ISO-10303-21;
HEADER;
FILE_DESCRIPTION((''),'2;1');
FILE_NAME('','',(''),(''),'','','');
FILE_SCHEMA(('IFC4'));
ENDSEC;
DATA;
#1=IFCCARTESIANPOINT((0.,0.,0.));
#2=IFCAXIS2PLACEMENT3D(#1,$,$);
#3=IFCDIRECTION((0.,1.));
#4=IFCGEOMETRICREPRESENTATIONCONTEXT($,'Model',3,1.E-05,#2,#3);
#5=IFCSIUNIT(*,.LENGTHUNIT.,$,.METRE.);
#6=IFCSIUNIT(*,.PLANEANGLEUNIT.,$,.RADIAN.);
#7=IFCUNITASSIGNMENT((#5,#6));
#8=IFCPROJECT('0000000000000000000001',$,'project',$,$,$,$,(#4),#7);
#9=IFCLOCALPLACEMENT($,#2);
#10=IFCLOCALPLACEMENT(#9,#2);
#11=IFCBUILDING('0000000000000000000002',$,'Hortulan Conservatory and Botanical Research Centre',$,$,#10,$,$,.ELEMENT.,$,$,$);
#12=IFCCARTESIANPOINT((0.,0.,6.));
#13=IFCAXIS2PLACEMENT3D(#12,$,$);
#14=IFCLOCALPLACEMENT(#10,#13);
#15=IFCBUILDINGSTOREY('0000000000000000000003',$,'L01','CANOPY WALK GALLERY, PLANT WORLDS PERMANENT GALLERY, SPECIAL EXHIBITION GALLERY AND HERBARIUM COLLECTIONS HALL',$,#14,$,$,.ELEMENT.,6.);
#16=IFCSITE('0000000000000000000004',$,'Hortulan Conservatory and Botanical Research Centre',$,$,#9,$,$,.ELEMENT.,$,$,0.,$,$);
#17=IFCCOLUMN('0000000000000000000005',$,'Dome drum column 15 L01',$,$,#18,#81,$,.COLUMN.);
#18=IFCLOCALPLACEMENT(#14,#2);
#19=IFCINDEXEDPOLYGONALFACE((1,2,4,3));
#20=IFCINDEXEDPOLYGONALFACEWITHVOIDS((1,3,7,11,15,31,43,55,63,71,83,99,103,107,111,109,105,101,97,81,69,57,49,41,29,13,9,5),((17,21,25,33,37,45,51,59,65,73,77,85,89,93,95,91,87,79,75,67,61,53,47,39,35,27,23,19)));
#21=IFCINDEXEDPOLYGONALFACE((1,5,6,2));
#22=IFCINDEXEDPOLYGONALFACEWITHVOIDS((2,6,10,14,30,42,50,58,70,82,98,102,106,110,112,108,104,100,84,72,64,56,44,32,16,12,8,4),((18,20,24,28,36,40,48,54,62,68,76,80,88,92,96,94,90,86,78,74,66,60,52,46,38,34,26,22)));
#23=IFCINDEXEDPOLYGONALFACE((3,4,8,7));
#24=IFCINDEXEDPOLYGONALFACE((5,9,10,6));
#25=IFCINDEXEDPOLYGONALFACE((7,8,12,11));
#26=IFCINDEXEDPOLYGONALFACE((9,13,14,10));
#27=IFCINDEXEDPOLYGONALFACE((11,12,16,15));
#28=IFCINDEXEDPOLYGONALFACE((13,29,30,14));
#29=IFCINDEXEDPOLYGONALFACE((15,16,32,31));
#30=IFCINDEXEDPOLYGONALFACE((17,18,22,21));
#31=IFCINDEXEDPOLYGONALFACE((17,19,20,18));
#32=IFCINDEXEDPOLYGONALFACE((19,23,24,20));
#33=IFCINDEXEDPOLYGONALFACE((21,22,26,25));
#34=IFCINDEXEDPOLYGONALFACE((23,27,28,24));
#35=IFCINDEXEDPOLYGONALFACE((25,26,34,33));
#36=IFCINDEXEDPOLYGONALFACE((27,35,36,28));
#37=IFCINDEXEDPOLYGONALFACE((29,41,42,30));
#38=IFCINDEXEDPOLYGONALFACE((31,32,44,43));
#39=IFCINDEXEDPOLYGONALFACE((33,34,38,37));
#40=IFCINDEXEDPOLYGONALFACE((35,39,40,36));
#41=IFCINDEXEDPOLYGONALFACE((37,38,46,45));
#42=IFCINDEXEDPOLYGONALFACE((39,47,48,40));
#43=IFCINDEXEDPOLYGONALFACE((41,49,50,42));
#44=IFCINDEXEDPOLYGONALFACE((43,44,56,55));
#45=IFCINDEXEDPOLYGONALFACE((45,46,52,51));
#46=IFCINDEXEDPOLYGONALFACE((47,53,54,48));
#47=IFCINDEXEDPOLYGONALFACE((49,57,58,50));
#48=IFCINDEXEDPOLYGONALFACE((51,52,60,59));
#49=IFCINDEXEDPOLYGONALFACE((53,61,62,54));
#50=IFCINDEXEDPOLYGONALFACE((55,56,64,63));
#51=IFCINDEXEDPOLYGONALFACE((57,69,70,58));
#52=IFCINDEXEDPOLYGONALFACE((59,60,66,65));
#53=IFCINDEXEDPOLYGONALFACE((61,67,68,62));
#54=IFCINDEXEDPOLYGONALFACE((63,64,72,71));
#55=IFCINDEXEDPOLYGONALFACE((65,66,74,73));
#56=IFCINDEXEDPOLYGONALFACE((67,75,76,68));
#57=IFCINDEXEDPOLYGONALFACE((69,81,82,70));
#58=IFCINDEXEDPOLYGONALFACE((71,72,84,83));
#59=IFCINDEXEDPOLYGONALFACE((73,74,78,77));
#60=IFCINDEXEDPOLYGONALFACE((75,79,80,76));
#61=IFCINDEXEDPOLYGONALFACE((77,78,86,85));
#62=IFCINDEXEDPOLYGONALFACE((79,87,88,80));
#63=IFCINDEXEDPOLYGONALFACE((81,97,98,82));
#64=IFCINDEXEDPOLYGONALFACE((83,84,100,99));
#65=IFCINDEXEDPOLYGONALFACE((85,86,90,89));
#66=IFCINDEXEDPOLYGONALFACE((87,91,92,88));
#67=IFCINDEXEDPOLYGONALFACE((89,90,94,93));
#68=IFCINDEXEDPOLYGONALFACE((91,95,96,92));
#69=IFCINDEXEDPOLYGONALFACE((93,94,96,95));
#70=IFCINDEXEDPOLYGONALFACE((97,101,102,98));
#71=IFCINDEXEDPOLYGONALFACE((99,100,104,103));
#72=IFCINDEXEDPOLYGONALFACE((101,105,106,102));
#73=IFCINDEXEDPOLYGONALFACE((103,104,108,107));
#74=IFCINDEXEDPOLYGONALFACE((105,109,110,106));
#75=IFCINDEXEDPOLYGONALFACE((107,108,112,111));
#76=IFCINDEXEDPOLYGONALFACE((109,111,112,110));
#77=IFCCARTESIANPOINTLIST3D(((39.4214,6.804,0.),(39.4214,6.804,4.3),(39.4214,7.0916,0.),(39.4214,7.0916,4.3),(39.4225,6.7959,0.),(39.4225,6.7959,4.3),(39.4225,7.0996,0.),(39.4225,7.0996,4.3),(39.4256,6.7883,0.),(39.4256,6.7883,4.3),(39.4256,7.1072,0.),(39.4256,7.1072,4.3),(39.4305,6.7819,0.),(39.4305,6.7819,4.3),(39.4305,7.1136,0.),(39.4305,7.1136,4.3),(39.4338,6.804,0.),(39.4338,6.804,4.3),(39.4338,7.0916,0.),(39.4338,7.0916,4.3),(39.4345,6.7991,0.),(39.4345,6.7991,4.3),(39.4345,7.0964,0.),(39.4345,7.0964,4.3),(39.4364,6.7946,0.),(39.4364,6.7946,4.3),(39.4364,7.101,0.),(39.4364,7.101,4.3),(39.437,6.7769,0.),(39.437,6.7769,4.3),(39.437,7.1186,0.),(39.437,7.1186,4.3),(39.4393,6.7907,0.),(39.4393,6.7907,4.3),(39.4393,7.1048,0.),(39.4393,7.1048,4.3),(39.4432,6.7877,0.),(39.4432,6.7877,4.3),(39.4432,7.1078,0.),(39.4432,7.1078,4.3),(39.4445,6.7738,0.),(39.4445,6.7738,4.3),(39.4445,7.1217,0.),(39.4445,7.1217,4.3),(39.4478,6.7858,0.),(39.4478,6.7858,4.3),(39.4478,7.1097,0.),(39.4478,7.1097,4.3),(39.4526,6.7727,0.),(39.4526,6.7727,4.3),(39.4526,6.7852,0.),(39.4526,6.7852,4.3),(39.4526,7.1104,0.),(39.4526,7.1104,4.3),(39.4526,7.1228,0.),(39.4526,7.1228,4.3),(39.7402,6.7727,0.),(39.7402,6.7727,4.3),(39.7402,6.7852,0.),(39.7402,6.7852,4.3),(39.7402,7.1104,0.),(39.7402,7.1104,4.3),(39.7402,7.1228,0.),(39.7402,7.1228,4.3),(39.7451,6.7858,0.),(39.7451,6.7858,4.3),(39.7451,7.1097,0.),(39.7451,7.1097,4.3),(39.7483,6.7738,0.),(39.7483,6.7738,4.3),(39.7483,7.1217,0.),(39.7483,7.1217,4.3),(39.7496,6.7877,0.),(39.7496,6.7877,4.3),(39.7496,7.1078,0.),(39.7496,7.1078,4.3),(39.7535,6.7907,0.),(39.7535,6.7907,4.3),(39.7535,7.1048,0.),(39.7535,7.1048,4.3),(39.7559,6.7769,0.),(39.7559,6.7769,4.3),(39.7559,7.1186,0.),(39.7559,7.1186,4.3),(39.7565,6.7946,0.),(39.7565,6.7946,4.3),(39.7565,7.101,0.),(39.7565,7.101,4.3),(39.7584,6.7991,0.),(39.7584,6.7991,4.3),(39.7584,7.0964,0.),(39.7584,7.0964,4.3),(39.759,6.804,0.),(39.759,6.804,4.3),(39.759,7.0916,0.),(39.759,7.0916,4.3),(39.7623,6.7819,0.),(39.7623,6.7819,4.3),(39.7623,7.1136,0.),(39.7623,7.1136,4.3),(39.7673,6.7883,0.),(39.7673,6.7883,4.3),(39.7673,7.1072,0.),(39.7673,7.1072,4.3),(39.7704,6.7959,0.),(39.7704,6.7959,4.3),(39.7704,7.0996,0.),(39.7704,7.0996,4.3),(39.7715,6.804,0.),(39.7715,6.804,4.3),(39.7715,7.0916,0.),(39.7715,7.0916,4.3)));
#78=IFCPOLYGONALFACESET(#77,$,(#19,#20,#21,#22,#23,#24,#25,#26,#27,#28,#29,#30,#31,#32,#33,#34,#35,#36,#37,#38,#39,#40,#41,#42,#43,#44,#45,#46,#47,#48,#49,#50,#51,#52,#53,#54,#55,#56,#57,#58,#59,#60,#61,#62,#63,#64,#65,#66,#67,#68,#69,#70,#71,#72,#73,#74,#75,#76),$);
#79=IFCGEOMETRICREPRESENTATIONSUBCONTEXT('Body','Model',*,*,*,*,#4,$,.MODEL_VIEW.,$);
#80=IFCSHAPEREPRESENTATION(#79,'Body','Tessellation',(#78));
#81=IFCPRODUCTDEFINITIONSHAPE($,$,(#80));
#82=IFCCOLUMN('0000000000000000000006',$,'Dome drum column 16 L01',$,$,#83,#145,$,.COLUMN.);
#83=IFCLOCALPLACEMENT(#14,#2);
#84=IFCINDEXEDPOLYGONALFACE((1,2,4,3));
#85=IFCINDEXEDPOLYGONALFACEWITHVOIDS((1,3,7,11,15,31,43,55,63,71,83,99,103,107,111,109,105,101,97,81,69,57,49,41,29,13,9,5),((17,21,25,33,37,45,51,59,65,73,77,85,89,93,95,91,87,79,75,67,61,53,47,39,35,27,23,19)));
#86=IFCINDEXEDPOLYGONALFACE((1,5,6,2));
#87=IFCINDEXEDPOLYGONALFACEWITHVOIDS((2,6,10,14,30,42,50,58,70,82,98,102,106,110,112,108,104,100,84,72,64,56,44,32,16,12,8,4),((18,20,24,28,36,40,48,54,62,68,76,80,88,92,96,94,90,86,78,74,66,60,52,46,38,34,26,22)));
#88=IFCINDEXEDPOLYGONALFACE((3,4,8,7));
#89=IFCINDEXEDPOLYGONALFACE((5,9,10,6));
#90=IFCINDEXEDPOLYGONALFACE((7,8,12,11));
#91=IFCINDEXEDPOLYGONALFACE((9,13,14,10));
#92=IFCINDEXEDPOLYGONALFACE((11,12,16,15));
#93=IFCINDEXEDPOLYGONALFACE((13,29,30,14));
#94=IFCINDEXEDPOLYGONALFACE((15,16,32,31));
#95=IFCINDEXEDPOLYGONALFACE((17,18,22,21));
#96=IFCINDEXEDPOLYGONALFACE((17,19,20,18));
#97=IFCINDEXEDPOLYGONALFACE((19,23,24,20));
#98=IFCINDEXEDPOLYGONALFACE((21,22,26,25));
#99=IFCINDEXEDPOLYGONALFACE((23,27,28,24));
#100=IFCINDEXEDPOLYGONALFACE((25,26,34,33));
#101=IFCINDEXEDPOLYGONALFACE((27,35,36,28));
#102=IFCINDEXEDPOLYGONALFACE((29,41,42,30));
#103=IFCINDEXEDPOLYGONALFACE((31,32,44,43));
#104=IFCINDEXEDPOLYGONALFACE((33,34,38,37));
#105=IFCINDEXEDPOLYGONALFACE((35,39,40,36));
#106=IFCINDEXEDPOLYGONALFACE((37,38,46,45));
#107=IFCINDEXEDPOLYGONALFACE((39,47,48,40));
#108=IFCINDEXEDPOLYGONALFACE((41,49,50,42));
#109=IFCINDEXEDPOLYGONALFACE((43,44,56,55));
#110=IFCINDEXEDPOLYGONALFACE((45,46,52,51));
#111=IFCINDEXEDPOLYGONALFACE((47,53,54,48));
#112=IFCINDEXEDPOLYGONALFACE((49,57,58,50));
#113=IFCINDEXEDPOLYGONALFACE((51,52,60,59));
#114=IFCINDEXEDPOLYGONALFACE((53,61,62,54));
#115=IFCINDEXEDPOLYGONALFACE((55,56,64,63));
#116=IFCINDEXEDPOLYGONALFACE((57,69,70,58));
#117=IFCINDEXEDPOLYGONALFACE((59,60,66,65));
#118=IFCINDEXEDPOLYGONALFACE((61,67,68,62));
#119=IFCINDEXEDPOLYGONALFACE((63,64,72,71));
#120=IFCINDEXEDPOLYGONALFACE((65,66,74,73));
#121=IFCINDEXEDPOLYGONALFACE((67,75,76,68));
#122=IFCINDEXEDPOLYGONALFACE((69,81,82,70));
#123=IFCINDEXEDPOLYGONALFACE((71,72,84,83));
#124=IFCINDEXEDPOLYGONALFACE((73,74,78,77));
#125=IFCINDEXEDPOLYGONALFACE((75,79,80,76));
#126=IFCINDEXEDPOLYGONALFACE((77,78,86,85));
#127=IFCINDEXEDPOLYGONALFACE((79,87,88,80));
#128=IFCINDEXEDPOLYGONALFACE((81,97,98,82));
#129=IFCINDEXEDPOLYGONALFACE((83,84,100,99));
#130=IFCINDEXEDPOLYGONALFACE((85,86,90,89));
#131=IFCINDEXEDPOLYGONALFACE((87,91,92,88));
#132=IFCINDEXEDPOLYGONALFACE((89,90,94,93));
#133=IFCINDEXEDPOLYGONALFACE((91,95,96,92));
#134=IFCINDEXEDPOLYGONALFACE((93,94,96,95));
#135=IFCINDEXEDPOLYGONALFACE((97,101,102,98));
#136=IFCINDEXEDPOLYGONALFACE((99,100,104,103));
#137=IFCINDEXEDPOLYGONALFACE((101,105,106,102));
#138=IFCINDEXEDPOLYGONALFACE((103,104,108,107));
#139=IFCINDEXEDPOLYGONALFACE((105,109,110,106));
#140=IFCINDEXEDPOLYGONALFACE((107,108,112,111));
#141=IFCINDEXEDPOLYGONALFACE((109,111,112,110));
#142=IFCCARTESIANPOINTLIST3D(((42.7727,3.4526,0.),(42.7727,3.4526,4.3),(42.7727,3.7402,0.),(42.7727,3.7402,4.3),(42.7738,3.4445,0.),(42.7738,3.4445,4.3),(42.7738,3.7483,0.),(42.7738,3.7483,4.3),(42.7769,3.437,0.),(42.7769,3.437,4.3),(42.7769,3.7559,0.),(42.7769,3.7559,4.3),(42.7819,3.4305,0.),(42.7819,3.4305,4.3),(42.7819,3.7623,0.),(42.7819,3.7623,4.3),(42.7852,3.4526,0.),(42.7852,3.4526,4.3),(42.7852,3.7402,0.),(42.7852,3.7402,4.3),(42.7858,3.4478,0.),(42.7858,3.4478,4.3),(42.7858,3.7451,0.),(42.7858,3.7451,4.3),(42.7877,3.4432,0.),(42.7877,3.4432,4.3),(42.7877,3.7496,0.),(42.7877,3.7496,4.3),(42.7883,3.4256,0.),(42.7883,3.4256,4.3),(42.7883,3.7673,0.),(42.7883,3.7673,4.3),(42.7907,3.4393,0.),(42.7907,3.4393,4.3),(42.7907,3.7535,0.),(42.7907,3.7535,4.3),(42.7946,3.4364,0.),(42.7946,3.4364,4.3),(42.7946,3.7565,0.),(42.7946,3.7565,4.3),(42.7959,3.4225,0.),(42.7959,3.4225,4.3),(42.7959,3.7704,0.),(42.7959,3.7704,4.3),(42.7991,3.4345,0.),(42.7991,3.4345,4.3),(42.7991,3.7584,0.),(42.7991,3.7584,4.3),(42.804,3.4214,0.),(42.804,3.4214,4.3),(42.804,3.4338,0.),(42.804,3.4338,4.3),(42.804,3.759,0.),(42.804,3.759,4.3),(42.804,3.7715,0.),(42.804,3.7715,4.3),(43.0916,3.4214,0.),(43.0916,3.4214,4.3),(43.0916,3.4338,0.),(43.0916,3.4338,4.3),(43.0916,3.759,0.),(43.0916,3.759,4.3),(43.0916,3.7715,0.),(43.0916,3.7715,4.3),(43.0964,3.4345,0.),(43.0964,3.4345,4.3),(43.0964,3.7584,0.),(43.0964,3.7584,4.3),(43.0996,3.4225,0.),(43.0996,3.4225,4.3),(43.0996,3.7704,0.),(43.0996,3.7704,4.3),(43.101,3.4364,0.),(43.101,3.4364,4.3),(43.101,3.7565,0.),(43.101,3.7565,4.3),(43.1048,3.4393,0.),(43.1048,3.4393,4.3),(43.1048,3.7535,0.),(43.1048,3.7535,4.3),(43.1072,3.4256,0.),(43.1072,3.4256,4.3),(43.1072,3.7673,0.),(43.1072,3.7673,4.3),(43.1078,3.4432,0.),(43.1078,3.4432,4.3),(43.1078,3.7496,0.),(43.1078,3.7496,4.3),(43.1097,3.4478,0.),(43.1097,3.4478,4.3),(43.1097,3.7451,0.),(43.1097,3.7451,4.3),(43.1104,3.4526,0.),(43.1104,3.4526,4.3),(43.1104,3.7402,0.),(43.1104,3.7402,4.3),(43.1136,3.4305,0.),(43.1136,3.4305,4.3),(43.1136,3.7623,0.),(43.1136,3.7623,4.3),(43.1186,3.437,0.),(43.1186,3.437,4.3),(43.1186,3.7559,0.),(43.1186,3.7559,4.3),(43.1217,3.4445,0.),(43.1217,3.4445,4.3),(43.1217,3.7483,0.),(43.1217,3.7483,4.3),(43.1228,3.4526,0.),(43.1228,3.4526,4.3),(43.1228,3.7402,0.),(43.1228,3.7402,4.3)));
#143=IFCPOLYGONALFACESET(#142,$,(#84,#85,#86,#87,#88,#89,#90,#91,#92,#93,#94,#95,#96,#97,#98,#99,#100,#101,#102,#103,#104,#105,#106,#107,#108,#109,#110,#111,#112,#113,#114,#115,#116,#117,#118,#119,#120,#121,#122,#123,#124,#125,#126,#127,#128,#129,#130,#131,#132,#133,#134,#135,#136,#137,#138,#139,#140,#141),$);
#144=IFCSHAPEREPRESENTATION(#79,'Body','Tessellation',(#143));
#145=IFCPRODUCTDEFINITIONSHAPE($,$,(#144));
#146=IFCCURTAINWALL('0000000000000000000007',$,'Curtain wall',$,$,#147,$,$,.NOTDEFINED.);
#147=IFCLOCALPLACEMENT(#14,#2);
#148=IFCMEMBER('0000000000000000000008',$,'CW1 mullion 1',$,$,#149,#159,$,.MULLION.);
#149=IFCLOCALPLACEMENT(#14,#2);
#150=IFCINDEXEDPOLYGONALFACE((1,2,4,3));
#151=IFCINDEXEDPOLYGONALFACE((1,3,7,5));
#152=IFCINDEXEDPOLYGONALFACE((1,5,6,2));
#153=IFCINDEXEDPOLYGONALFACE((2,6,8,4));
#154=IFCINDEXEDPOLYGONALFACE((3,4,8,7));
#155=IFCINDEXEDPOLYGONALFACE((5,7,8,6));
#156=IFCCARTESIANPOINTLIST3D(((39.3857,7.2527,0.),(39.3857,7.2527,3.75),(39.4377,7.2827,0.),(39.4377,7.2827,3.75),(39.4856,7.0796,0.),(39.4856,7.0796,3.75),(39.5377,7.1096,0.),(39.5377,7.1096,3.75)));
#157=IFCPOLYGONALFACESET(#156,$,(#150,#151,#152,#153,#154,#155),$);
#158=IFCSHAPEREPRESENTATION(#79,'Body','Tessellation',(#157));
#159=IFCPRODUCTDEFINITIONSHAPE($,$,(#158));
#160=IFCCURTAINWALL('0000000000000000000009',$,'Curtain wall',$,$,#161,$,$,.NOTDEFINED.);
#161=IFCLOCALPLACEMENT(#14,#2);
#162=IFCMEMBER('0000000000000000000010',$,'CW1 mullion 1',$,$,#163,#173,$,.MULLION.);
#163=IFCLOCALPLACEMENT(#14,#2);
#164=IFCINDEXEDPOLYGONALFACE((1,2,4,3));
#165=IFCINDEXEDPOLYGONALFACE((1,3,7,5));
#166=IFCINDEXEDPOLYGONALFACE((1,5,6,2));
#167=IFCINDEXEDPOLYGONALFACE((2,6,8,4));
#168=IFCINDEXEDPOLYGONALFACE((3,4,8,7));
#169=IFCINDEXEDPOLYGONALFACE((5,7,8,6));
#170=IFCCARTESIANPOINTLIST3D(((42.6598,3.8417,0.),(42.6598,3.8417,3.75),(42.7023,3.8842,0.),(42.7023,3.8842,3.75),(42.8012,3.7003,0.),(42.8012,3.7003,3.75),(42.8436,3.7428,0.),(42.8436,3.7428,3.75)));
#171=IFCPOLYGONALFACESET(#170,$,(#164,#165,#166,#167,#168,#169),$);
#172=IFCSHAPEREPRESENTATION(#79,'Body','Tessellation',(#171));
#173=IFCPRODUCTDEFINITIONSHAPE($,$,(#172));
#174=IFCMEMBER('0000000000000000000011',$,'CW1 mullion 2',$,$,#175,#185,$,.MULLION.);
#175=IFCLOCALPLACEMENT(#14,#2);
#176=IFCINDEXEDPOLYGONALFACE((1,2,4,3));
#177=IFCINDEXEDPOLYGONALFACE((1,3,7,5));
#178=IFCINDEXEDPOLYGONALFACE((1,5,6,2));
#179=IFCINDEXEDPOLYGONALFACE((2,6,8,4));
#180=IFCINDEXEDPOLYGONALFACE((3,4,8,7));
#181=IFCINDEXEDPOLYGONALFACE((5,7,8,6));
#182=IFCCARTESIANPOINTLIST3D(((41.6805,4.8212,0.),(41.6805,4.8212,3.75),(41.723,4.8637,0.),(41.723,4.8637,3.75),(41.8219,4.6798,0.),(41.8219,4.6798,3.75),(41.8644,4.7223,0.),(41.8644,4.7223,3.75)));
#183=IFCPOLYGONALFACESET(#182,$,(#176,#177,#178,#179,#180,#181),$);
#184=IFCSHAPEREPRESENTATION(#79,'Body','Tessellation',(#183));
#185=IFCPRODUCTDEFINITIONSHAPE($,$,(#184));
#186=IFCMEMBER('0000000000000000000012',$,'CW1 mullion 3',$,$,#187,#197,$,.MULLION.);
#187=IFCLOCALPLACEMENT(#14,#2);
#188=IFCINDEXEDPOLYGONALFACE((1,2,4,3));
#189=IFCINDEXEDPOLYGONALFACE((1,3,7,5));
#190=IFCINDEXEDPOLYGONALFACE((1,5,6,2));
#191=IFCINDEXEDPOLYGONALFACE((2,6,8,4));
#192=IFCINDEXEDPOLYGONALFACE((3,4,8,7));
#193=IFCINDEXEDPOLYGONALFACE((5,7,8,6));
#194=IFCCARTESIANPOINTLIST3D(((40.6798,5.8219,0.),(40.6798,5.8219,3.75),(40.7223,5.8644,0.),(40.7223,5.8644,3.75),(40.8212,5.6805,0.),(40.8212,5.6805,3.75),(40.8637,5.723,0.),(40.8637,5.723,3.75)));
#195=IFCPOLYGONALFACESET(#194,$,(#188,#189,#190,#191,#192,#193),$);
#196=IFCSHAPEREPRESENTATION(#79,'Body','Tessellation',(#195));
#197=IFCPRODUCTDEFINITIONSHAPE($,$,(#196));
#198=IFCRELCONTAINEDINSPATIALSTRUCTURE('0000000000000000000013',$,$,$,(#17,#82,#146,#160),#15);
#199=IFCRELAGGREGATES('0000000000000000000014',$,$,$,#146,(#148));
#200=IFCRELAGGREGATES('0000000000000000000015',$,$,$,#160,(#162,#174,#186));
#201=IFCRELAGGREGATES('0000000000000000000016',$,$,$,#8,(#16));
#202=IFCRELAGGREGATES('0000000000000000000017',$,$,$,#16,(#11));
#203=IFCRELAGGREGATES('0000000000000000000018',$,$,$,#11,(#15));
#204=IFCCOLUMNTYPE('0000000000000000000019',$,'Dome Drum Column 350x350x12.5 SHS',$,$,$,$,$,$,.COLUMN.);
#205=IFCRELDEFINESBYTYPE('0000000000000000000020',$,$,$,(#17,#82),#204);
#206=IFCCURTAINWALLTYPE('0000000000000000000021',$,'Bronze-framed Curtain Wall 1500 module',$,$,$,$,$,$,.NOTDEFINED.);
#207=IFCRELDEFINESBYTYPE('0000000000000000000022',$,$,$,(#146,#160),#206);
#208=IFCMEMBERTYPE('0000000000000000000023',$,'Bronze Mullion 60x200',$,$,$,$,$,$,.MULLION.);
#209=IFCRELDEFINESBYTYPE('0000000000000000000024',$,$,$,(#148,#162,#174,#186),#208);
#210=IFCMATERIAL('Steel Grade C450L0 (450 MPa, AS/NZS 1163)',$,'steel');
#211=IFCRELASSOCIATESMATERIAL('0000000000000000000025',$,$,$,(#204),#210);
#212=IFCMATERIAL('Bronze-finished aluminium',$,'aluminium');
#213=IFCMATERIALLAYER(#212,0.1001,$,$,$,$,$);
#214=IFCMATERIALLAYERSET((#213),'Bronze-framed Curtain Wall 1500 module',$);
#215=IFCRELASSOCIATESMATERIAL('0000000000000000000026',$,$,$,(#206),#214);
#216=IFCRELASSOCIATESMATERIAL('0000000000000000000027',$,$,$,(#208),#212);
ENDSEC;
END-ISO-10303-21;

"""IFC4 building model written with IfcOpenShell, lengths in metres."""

from ifc_helpers import new_model, si_unit, direction, frame, origin, origin_2d, place, context, subcontext, project, spatial, rectangle, hollow_rectangle, extrude, material, layer, layer_set, material_profile, profile_set, type_object, element, aggregate, save


model = new_model("IFC4")

# Units and contexts
model_context = context("Model", 3, precision=1e-05, world=origin(), true_north=direction((0.0, 1.0)))
body_context = subcontext(model_context, "Body", "Model", "MODEL_VIEW")
ifc_project = project(units=[si_unit("LENGTHUNIT", "METRE"), si_unit("PLANEANGLEUNIT", "RADIAN")], contexts=[model_context])

# Site, building, storey
site_placement = place(None, origin())
site = spatial("IfcSite", under=ifc_project, at=site_placement, Name="Hortulan Conservatory and Botanical Research Centre", CompositionType="ELEMENT", RefElevation=0.0)
building_placement = place(site_placement, origin())
building = spatial("IfcBuilding", under=site, at=building_placement, Name="Hortulan Conservatory and Botanical Research Centre", CompositionType="ELEMENT")
storey_placement = place(building_placement, frame((0.0, 0.0, 6.0)))
storey = spatial("IfcBuildingStorey", under=building, at=storey_placement, Name="L01", Description="CANOPY WALK GALLERY, PLANT WORLDS PERMANENT GALLERY, SPECIAL EXHIBITION GALLERY AND HERBARIUM COLLECTIONS HALL", CompositionType="ELEMENT", Elevation=6.0)

# Columns
ifc_material_1 = material(Name="Steel Grade C450L0 (450 MPa, AS/NZS 1163)", Category="steel")
ifc_material_profile_1 = material_profile(ifc_material_1, hollow_rectangle(XDim=0.3501, YDim=0.3501, WallThickness=0.0125, InnerFilletRadius=0.0188, OuterFilletRadius=0.0312, at=origin_2d()), Name="350x350x12.5SHS")
ifc_profile_set_1 = profile_set([ifc_material_profile_1], Name="Steel Grade C450L0 (450 MPa, AS/NZS 1163)")
column_type = type_object("IfcColumnType", Name="Dome Drum Column 350x350x12.5 SHS", PredefinedType="COLUMN", material=ifc_profile_set_1)
for number, where, z_axis, x_axis, name in (
    (1, (39.5964, 6.9478, 0.0), (0.0, 0.0, 1.0), (1.0, 0.0, 0.0), "Dome drum column 15 L01"),
    (2, (42.9478, 3.5964, 0.0), (0.0, 0.0, 1.0), (1.0, 0.0, 0.0), "Dome drum column 16 L01"),
):
    element("IfcColumn", number, at=place(storey_placement, frame(where, z_axis=z_axis, x_axis=x_axis)), inside=storey, type_object=column_type, Name=name, PredefinedType="COLUMN", context=body_context, shape_type="SweptSolid", body=[
        extrude(hollow_rectangle(XDim=0.3501, YDim=0.3501, WallThickness=0.0125, InnerFilletRadius=0.0188, OuterFilletRadius=0.0312, at=origin_2d()), origin(), (0.0, 0.0, 1.0), 4.3),
    ])

# Curtain wall, member
ifc_material_2 = material(Name="Bronze-finished aluminium", Category="aluminium")
ifc_layer_1 = layer(ifc_material_2, 0.1001)
ifc_layer_set_1 = layer_set([ifc_layer_1], Name="Bronze-framed Curtain Wall 1500 module")
curtain_wall_type = type_object("IfcCurtainWallType", Name="Bronze-framed Curtain Wall 1500 module", PredefinedType="NOTDEFINED", material=ifc_layer_set_1)
curtain_wall_1_placement = place(storey_placement, origin())
curtain_wall_1 = element("IfcCurtainWall", 3, at=curtain_wall_1_placement, inside=storey, type_object=curtain_wall_type, Name="Curtain wall", PredefinedType="NOTDEFINED")
ifc_material_profile_2 = material_profile(ifc_material_2, rectangle(XDim=0.0601, YDim=0.2, at=origin_2d()), Name="Bronze Mullion 60x200")
ifc_profile_set_2 = profile_set([ifc_material_profile_2], Name="Bronze-finished aluminium")
member_type_1 = type_object("IfcMemberType", Name="Bronze Mullion 60x200", PredefinedType="MULLION", material=ifc_profile_set_2)
member_1_placement = place(storey_placement, frame((39.4617, 7.1812, 0.0), z_axis=(0.0, 0.0, 1.0), x_axis=(-0.866036, -0.499981, 0.0)))
member_1 = element("IfcMember", 4, at=member_1_placement, type_object=member_type_1, Name="CW1 mullion 1", PredefinedType="MULLION", context=body_context, shape_type="SweptSolid", body=[
    extrude(rectangle(XDim=0.0601, YDim=0.2, at=origin_2d()), origin(), (0.0, 0.0, 1.0), 3.75),
])

# Curtain wall, members
curtain_wall_2_placement = place(storey_placement, origin())
curtain_wall_2 = element("IfcCurtainWall", 5, at=curtain_wall_2_placement, inside=storey, type_object=curtain_wall_type, Name="Curtain wall", PredefinedType="NOTDEFINED")
member_2_placement = place(storey_placement, frame((42.7517, 3.7922, 0.0), z_axis=(0.0, 0.0, 1.0), x_axis=(-0.70713, -0.707083, 0.0)))
member_2 = element("IfcMember", 6, at=member_2_placement, type_object=member_type_1, Name="CW1 mullion 1", PredefinedType="MULLION", context=body_context, shape_type="SweptSolid", body=[
    extrude(rectangle(XDim=0.0601, YDim=0.2, at=origin_2d()), origin(), (0.0, 0.0, 1.0), 3.75),
])
member_3_placement = place(storey_placement, frame((41.7725, 4.7717, 0.0), z_axis=(0.0, 0.0, 1.0), x_axis=(-0.70713, -0.707083, 0.0)))
member_3 = element("IfcMember", 7, at=member_3_placement, type_object=member_type_1, Name="CW1 mullion 2", PredefinedType="MULLION", context=body_context, shape_type="SweptSolid", body=[
    extrude(rectangle(XDim=0.0601, YDim=0.2, at=origin_2d()), origin(), (0.0, 0.0, 1.0), 3.75),
])
member_4_placement = place(storey_placement, frame((40.7717, 5.7725, 0.0), z_axis=(0.0, 0.0, 1.0), x_axis=(-0.70713, -0.707083, 0.0)))
member_4 = element("IfcMember", 8, at=member_4_placement, type_object=member_type_1, Name="CW1 mullion 3", PredefinedType="MULLION", context=body_context, shape_type="SweptSolid", body=[
    extrude(rectangle(XDim=0.0601, YDim=0.2, at=origin_2d()), origin(), (0.0, 0.0, 1.0), 3.75),
])

aggregate(curtain_wall_1, [member_1])

aggregate(curtain_wall_2, [member_2, member_3, member_4])

save(model, "model.ifc")
